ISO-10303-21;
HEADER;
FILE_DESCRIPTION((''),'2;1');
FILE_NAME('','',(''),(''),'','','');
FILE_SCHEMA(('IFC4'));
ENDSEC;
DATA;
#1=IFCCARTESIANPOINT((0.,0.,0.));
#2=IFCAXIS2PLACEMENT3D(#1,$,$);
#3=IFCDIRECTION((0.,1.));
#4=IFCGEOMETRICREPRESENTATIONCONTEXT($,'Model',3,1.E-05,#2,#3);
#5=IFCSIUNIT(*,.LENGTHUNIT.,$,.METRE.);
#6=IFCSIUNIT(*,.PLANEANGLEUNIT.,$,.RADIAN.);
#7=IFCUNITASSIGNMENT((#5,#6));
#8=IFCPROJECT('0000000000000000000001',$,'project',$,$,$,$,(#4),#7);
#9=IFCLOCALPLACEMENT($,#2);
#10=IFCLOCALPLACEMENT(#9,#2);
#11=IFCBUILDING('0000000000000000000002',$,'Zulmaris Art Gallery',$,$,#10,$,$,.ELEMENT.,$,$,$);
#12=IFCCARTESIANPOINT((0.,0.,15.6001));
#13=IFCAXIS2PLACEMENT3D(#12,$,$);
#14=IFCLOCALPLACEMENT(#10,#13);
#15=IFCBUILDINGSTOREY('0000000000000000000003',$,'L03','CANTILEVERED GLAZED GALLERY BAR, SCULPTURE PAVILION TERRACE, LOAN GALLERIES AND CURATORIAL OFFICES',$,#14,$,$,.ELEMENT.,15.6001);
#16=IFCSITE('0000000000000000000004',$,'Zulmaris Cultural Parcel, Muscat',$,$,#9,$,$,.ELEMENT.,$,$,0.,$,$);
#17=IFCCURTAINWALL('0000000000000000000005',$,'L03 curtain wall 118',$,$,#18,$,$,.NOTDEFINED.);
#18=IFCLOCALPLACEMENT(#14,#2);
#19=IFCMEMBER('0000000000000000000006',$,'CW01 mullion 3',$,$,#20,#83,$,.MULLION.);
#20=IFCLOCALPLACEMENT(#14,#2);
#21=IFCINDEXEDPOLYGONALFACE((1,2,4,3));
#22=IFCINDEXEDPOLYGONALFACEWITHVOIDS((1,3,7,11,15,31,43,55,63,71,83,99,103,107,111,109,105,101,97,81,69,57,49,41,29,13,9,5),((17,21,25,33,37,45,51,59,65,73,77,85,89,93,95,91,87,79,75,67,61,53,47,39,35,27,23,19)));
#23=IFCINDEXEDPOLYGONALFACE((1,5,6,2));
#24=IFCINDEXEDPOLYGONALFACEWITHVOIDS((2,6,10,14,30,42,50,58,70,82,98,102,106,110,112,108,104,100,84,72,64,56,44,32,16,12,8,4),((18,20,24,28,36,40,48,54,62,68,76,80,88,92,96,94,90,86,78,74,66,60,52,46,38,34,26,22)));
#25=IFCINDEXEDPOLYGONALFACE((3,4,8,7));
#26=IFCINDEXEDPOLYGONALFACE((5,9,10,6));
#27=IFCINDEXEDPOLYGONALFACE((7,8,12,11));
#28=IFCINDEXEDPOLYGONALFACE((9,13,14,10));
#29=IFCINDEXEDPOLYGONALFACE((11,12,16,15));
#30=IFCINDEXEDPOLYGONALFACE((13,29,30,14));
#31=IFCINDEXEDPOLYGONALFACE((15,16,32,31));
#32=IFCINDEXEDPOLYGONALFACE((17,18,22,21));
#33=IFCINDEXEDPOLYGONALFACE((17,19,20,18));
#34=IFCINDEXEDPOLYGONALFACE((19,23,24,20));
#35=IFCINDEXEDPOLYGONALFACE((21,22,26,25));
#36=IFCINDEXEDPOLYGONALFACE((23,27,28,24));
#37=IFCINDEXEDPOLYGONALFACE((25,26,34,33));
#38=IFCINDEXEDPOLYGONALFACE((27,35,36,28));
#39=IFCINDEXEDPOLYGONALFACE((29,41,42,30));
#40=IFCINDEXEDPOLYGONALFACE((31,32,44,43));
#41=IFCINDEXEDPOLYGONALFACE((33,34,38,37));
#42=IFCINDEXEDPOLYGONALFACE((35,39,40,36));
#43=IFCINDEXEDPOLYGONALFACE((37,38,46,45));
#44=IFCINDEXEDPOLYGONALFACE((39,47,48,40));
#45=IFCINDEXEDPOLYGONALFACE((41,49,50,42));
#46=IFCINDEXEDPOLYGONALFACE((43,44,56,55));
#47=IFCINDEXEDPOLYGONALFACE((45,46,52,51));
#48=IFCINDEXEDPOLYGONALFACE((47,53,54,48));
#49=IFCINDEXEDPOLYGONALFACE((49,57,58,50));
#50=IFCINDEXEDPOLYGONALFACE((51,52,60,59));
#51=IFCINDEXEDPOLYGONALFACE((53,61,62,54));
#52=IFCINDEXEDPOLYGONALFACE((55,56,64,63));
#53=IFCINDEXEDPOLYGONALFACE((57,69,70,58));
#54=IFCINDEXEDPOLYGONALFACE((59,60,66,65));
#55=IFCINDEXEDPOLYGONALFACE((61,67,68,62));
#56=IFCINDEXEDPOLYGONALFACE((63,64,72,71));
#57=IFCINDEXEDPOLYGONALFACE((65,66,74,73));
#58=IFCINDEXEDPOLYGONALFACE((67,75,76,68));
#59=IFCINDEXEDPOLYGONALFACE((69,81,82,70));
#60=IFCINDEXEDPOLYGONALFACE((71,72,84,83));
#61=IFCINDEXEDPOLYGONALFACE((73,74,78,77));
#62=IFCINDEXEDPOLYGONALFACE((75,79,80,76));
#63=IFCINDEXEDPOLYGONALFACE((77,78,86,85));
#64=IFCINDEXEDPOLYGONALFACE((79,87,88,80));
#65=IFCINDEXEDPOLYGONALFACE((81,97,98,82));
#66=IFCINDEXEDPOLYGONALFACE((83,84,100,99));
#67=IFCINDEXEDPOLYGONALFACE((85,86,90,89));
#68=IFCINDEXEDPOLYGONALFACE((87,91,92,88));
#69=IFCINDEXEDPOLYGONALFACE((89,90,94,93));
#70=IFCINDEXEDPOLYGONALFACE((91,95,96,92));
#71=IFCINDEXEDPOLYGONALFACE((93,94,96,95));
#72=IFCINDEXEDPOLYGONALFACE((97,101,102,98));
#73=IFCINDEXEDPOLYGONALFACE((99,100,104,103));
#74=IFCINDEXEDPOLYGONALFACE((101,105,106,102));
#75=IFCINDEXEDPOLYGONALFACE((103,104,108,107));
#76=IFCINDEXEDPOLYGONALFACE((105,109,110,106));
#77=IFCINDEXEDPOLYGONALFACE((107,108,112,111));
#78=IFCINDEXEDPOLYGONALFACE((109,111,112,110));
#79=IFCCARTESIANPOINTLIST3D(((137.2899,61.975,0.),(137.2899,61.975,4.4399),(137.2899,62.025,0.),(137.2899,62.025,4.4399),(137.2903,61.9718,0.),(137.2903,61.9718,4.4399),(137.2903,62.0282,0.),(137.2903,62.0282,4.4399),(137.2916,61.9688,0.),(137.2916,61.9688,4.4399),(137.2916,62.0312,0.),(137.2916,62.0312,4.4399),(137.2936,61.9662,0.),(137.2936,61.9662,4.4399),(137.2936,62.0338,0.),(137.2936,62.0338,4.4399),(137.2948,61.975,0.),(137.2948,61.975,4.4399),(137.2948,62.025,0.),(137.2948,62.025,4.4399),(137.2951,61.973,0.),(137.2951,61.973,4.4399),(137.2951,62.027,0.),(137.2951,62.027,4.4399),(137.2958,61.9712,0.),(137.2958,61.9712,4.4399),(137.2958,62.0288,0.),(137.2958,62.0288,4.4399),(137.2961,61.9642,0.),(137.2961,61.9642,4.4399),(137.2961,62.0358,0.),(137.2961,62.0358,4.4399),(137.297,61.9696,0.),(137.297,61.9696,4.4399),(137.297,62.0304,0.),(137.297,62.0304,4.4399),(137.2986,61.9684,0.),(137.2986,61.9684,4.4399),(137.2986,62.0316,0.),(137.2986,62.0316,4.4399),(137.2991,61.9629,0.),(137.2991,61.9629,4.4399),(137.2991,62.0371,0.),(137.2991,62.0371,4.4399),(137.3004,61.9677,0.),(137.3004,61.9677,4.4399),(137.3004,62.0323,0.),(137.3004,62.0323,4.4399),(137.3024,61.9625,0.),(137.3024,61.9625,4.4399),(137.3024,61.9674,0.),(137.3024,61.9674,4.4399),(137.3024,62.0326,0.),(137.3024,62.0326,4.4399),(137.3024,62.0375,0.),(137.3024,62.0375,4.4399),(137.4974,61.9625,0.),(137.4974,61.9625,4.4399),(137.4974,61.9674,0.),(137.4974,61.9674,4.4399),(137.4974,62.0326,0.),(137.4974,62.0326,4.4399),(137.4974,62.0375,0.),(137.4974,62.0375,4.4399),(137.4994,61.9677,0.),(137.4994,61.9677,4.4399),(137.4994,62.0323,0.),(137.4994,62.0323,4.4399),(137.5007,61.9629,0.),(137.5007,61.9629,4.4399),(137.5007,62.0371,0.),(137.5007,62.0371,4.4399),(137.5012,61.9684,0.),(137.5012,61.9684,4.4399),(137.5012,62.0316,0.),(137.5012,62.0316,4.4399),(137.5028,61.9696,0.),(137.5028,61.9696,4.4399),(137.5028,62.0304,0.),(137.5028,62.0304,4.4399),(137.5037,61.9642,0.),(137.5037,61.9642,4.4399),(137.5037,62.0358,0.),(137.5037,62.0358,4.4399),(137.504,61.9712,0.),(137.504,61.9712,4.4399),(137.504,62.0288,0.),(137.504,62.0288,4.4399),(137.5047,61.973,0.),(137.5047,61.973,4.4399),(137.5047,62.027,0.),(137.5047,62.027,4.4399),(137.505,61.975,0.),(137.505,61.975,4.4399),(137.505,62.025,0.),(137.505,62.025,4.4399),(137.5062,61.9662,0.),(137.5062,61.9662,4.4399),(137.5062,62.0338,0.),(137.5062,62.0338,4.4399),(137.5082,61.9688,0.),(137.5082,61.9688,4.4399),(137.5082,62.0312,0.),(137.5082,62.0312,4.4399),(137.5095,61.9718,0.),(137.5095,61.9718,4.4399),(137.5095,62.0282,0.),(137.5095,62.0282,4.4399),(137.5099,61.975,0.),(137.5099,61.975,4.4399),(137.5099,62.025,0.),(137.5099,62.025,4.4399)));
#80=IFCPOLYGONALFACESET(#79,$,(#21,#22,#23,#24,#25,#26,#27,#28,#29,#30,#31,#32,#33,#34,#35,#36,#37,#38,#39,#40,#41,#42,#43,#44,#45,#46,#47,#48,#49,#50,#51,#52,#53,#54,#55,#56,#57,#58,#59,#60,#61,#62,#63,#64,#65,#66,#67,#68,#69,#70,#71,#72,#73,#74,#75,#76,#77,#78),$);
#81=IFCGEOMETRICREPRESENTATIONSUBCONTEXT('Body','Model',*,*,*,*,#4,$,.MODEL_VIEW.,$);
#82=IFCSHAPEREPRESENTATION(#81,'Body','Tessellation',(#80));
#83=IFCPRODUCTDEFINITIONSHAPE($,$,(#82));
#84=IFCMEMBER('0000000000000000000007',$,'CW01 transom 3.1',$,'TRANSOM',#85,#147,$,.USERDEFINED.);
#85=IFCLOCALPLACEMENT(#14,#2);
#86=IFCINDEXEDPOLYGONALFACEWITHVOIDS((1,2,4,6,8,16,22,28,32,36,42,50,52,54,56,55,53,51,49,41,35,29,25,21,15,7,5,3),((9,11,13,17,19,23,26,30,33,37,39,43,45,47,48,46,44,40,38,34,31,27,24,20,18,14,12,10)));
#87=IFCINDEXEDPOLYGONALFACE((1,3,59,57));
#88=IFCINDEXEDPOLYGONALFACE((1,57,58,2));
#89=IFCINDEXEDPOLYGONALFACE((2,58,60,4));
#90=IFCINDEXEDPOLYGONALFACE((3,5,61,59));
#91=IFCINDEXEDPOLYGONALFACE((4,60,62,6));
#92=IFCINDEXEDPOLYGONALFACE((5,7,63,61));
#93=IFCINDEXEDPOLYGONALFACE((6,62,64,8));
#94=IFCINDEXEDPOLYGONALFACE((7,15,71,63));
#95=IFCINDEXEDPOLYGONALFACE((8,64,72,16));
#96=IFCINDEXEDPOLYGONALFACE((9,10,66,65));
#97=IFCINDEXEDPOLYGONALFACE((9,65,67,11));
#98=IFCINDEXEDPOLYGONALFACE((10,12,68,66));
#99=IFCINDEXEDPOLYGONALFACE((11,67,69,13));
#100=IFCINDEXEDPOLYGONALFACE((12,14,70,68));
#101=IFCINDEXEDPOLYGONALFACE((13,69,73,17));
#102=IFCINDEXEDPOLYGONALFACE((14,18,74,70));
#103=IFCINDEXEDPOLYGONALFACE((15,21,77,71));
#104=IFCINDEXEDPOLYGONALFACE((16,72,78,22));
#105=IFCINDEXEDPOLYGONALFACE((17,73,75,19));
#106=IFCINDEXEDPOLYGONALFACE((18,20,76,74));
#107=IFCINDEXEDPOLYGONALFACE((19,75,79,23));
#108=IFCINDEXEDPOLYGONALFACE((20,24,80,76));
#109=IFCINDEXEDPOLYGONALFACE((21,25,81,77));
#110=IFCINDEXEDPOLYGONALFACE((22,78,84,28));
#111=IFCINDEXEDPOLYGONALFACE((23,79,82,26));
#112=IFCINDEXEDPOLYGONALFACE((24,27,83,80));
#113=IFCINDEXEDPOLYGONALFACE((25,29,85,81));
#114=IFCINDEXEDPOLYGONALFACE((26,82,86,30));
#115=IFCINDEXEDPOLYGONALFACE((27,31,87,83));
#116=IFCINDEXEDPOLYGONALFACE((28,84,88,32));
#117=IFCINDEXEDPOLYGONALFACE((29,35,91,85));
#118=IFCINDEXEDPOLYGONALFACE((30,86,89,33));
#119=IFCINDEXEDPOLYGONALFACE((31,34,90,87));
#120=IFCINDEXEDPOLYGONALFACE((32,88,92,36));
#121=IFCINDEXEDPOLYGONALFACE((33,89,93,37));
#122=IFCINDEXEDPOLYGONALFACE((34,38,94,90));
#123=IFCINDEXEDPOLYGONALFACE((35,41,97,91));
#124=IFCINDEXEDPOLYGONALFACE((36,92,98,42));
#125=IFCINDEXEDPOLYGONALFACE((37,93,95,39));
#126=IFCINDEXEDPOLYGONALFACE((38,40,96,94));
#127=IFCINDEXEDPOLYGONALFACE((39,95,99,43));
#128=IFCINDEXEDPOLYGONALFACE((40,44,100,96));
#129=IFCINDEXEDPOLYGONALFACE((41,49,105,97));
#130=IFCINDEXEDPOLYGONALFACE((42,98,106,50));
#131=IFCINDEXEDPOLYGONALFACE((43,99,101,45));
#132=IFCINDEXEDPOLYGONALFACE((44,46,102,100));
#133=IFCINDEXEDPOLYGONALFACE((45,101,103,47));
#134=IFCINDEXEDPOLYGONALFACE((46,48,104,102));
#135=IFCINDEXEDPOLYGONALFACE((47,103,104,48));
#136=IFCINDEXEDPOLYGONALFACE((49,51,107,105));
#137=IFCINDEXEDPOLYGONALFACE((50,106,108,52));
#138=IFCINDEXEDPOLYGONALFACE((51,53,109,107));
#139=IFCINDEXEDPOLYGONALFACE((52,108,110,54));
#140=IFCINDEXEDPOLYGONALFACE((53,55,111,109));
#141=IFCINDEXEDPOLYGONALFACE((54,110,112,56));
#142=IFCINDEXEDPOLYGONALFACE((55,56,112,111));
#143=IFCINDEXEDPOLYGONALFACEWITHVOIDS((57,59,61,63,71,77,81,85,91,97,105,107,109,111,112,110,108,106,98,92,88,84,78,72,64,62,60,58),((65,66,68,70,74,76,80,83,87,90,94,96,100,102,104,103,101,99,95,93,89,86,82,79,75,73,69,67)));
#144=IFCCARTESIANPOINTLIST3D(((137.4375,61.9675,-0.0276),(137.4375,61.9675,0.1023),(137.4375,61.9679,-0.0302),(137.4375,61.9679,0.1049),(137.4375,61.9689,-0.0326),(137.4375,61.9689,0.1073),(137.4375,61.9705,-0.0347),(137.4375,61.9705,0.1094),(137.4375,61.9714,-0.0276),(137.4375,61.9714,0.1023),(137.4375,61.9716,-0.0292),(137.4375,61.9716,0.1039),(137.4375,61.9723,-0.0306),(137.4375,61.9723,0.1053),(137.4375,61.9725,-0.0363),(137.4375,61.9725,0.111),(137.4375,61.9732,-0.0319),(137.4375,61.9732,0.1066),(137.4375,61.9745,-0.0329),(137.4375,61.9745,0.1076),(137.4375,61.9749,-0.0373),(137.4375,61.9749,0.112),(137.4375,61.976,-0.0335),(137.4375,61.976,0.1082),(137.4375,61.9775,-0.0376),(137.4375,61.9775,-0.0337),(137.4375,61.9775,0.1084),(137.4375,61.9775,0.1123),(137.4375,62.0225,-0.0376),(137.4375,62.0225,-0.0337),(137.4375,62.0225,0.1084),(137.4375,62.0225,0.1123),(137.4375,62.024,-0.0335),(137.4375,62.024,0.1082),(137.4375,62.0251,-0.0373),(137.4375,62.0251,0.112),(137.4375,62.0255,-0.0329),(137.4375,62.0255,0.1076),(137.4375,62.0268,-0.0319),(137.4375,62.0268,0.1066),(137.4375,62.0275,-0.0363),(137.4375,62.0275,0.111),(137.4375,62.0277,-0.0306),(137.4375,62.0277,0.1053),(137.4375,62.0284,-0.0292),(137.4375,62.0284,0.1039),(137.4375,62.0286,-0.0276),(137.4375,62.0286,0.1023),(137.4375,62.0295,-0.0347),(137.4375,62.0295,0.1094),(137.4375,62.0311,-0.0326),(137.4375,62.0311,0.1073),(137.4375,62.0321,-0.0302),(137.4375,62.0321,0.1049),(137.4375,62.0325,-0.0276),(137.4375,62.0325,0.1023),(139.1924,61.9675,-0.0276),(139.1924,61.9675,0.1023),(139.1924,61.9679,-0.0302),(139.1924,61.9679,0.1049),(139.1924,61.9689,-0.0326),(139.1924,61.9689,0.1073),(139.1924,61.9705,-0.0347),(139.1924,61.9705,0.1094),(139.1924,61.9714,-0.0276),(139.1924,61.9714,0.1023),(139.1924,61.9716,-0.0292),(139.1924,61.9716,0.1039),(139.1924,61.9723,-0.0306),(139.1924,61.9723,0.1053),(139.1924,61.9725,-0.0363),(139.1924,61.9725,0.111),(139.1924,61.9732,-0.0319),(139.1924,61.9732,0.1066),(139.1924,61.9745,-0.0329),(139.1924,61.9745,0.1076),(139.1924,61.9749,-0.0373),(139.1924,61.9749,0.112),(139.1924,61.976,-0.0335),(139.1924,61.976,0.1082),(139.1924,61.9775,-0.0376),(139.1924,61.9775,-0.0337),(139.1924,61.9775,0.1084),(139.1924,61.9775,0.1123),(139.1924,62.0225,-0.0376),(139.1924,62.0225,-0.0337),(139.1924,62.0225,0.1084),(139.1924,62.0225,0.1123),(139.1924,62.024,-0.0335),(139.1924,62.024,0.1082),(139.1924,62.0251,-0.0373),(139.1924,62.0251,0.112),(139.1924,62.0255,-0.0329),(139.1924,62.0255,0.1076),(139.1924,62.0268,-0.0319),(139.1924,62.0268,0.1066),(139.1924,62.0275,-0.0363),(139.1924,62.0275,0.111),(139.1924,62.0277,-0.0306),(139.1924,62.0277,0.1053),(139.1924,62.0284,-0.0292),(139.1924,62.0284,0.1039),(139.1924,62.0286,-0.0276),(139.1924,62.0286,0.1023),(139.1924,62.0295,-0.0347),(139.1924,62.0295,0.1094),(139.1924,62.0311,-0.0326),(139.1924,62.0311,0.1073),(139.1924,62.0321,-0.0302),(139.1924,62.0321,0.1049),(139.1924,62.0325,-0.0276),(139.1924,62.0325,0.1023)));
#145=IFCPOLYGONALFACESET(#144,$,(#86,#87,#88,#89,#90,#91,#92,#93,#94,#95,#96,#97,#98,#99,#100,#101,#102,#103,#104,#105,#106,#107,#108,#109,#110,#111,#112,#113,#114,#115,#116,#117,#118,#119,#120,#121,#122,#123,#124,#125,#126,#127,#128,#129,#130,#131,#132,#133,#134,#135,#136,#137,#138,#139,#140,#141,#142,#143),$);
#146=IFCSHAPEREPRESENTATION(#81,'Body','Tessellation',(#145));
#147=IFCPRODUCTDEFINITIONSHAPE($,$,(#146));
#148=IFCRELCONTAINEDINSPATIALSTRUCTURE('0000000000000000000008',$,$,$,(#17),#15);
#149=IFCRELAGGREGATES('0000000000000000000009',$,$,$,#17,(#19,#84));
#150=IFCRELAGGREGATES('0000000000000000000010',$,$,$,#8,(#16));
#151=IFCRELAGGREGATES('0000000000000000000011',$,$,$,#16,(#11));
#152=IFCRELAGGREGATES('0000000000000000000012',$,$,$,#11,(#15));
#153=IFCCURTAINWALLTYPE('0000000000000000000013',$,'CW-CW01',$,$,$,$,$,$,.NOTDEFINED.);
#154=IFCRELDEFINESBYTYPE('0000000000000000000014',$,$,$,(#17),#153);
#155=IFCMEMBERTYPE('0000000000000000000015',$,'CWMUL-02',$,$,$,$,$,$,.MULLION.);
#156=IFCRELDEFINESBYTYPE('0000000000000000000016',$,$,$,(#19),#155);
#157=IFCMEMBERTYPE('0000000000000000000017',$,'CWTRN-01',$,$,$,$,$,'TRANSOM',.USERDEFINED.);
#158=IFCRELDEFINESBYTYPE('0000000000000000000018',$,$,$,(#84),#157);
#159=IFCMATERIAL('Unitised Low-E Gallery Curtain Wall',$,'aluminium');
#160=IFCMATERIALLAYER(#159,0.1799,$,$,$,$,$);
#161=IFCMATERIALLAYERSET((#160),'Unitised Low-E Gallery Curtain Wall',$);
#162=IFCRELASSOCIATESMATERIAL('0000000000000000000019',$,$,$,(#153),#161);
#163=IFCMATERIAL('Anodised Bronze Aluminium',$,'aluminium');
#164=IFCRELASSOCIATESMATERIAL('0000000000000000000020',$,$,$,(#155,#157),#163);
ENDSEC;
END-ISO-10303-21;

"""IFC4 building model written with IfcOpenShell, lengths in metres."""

from ifc_helpers import new_model, si_unit, direction, frame, origin, origin_2d, place, context, subcontext, project, spatial, hollow_rectangle, extrude, material, layer, layer_set, material_profile, profile_set, type_object, element, aggregate, save


model = new_model("IFC4")

# Units and contexts
model_context = context("Model", 3, precision=1e-05, world=origin(), true_north=direction((0.0, 1.0)))
body_context = subcontext(model_context, "Body", "Model", "MODEL_VIEW")
ifc_project = project(units=[si_unit("LENGTHUNIT", "METRE"), si_unit("PLANEANGLEUNIT", "RADIAN")], contexts=[model_context])

# Site, building, storey
site_placement = place(None, origin())
site = spatial("IfcSite", under=ifc_project, at=site_placement, Name="Zulmaris Cultural Parcel, Muscat", CompositionType="ELEMENT", RefElevation=0.0)
building_placement = place(site_placement, origin())
building = spatial("IfcBuilding", under=site, at=building_placement, Name="Zulmaris Art Gallery", CompositionType="ELEMENT")
storey_placement = place(building_placement, frame((0.0, 0.0, 15.6001)))
storey = spatial("IfcBuildingStorey", under=building, at=storey_placement, Name="L03", Description="CANTILEVERED GLAZED GALLERY BAR, SCULPTURE PAVILION TERRACE, LOAN GALLERIES AND CURATORIAL OFFICES", CompositionType="ELEMENT", Elevation=15.6001)

# Curtain wall, members
ifc_material_1 = material(Name="Unitised Low-E Gallery Curtain Wall", Category="aluminium")
ifc_layer_1 = layer(ifc_material_1, 0.1799)
ifc_layer_set_1 = layer_set([ifc_layer_1], Name="Unitised Low-E Gallery Curtain Wall")
curtain_wall_type = type_object("IfcCurtainWallType", Name="CW-CW01", PredefinedType="NOTDEFINED", material=ifc_layer_set_1)
curtain_wall_placement = place(storey_placement, origin())
curtain_wall = element("IfcCurtainWall", 1, at=curtain_wall_placement, inside=storey, type_object=curtain_wall_type, Name="L03 curtain wall 118", PredefinedType="NOTDEFINED")
ifc_material_2 = material(Name="Anodised Bronze Aluminium", Category="aluminium")
ifc_material_profile_1 = material_profile(ifc_material_2, hollow_rectangle(XDim=0.075, YDim=0.22, WallThickness=0.0049, InnerFilletRadius=0.0076, OuterFilletRadius=0.0125, at=origin_2d()), Name="ALU 75x220x5")
ifc_profile_set_1 = profile_set([ifc_material_profile_1], Name="Anodised Bronze Aluminium")
member_type_1 = type_object("IfcMemberType", Name="CWMUL-02", PredefinedType="MULLION", material=ifc_profile_set_1)
member_1_placement = place(storey_placement, frame((137.3999, 62.0, 0.0), z_axis=(0.0, 0.0, 1.0), x_axis=(0.0, 1.0, 0.0)))
member_1 = element("IfcMember", 2, at=member_1_placement, type_object=member_type_1, Name="CW01 mullion 3", PredefinedType="MULLION", context=body_context, shape_type="SweptSolid", body=[
    extrude(hollow_rectangle(XDim=0.075, YDim=0.22, WallThickness=0.0049, InnerFilletRadius=0.0076, OuterFilletRadius=0.0125, at=origin_2d()), origin(), (0.0, 0.0, 1.0), 4.4399),
])
ifc_material_profile_2 = material_profile(ifc_material_2, hollow_rectangle(XDim=0.0649, YDim=0.1499, WallThickness=0.0039, InnerFilletRadius=0.0061, OuterFilletRadius=0.01, at=origin_2d()), Name="ALU 65x150x4")
ifc_profile_set_2 = profile_set([ifc_material_profile_2], Name="Anodised Bronze Aluminium")
member_type_2 = type_object("IfcMemberType", Name="CWTRN-01", ElementType="TRANSOM", PredefinedType="USERDEFINED", material=ifc_profile_set_2)
member_2_placement = place(storey_placement, frame((137.4375, 62.0, 0.0374), z_axis=(1.0, 0.0, 0.0), x_axis=(0.0, 1.0, 0.0)))
member_2 = element("IfcMember", 3, at=member_2_placement, type_object=member_type_2, Name="CW01 transom 3.1", ObjectType="TRANSOM", PredefinedType="USERDEFINED", context=body_context, shape_type="SweptSolid", body=[
    extrude(hollow_rectangle(XDim=0.0649, YDim=0.1499, WallThickness=0.0039, InnerFilletRadius=0.0061, OuterFilletRadius=0.01, at=origin_2d()), origin(), (0.0, 0.0, 1.0), 1.7549),
])
aggregate(curtain_wall, [member_1, member_2])

save(model, "model.ifc")
